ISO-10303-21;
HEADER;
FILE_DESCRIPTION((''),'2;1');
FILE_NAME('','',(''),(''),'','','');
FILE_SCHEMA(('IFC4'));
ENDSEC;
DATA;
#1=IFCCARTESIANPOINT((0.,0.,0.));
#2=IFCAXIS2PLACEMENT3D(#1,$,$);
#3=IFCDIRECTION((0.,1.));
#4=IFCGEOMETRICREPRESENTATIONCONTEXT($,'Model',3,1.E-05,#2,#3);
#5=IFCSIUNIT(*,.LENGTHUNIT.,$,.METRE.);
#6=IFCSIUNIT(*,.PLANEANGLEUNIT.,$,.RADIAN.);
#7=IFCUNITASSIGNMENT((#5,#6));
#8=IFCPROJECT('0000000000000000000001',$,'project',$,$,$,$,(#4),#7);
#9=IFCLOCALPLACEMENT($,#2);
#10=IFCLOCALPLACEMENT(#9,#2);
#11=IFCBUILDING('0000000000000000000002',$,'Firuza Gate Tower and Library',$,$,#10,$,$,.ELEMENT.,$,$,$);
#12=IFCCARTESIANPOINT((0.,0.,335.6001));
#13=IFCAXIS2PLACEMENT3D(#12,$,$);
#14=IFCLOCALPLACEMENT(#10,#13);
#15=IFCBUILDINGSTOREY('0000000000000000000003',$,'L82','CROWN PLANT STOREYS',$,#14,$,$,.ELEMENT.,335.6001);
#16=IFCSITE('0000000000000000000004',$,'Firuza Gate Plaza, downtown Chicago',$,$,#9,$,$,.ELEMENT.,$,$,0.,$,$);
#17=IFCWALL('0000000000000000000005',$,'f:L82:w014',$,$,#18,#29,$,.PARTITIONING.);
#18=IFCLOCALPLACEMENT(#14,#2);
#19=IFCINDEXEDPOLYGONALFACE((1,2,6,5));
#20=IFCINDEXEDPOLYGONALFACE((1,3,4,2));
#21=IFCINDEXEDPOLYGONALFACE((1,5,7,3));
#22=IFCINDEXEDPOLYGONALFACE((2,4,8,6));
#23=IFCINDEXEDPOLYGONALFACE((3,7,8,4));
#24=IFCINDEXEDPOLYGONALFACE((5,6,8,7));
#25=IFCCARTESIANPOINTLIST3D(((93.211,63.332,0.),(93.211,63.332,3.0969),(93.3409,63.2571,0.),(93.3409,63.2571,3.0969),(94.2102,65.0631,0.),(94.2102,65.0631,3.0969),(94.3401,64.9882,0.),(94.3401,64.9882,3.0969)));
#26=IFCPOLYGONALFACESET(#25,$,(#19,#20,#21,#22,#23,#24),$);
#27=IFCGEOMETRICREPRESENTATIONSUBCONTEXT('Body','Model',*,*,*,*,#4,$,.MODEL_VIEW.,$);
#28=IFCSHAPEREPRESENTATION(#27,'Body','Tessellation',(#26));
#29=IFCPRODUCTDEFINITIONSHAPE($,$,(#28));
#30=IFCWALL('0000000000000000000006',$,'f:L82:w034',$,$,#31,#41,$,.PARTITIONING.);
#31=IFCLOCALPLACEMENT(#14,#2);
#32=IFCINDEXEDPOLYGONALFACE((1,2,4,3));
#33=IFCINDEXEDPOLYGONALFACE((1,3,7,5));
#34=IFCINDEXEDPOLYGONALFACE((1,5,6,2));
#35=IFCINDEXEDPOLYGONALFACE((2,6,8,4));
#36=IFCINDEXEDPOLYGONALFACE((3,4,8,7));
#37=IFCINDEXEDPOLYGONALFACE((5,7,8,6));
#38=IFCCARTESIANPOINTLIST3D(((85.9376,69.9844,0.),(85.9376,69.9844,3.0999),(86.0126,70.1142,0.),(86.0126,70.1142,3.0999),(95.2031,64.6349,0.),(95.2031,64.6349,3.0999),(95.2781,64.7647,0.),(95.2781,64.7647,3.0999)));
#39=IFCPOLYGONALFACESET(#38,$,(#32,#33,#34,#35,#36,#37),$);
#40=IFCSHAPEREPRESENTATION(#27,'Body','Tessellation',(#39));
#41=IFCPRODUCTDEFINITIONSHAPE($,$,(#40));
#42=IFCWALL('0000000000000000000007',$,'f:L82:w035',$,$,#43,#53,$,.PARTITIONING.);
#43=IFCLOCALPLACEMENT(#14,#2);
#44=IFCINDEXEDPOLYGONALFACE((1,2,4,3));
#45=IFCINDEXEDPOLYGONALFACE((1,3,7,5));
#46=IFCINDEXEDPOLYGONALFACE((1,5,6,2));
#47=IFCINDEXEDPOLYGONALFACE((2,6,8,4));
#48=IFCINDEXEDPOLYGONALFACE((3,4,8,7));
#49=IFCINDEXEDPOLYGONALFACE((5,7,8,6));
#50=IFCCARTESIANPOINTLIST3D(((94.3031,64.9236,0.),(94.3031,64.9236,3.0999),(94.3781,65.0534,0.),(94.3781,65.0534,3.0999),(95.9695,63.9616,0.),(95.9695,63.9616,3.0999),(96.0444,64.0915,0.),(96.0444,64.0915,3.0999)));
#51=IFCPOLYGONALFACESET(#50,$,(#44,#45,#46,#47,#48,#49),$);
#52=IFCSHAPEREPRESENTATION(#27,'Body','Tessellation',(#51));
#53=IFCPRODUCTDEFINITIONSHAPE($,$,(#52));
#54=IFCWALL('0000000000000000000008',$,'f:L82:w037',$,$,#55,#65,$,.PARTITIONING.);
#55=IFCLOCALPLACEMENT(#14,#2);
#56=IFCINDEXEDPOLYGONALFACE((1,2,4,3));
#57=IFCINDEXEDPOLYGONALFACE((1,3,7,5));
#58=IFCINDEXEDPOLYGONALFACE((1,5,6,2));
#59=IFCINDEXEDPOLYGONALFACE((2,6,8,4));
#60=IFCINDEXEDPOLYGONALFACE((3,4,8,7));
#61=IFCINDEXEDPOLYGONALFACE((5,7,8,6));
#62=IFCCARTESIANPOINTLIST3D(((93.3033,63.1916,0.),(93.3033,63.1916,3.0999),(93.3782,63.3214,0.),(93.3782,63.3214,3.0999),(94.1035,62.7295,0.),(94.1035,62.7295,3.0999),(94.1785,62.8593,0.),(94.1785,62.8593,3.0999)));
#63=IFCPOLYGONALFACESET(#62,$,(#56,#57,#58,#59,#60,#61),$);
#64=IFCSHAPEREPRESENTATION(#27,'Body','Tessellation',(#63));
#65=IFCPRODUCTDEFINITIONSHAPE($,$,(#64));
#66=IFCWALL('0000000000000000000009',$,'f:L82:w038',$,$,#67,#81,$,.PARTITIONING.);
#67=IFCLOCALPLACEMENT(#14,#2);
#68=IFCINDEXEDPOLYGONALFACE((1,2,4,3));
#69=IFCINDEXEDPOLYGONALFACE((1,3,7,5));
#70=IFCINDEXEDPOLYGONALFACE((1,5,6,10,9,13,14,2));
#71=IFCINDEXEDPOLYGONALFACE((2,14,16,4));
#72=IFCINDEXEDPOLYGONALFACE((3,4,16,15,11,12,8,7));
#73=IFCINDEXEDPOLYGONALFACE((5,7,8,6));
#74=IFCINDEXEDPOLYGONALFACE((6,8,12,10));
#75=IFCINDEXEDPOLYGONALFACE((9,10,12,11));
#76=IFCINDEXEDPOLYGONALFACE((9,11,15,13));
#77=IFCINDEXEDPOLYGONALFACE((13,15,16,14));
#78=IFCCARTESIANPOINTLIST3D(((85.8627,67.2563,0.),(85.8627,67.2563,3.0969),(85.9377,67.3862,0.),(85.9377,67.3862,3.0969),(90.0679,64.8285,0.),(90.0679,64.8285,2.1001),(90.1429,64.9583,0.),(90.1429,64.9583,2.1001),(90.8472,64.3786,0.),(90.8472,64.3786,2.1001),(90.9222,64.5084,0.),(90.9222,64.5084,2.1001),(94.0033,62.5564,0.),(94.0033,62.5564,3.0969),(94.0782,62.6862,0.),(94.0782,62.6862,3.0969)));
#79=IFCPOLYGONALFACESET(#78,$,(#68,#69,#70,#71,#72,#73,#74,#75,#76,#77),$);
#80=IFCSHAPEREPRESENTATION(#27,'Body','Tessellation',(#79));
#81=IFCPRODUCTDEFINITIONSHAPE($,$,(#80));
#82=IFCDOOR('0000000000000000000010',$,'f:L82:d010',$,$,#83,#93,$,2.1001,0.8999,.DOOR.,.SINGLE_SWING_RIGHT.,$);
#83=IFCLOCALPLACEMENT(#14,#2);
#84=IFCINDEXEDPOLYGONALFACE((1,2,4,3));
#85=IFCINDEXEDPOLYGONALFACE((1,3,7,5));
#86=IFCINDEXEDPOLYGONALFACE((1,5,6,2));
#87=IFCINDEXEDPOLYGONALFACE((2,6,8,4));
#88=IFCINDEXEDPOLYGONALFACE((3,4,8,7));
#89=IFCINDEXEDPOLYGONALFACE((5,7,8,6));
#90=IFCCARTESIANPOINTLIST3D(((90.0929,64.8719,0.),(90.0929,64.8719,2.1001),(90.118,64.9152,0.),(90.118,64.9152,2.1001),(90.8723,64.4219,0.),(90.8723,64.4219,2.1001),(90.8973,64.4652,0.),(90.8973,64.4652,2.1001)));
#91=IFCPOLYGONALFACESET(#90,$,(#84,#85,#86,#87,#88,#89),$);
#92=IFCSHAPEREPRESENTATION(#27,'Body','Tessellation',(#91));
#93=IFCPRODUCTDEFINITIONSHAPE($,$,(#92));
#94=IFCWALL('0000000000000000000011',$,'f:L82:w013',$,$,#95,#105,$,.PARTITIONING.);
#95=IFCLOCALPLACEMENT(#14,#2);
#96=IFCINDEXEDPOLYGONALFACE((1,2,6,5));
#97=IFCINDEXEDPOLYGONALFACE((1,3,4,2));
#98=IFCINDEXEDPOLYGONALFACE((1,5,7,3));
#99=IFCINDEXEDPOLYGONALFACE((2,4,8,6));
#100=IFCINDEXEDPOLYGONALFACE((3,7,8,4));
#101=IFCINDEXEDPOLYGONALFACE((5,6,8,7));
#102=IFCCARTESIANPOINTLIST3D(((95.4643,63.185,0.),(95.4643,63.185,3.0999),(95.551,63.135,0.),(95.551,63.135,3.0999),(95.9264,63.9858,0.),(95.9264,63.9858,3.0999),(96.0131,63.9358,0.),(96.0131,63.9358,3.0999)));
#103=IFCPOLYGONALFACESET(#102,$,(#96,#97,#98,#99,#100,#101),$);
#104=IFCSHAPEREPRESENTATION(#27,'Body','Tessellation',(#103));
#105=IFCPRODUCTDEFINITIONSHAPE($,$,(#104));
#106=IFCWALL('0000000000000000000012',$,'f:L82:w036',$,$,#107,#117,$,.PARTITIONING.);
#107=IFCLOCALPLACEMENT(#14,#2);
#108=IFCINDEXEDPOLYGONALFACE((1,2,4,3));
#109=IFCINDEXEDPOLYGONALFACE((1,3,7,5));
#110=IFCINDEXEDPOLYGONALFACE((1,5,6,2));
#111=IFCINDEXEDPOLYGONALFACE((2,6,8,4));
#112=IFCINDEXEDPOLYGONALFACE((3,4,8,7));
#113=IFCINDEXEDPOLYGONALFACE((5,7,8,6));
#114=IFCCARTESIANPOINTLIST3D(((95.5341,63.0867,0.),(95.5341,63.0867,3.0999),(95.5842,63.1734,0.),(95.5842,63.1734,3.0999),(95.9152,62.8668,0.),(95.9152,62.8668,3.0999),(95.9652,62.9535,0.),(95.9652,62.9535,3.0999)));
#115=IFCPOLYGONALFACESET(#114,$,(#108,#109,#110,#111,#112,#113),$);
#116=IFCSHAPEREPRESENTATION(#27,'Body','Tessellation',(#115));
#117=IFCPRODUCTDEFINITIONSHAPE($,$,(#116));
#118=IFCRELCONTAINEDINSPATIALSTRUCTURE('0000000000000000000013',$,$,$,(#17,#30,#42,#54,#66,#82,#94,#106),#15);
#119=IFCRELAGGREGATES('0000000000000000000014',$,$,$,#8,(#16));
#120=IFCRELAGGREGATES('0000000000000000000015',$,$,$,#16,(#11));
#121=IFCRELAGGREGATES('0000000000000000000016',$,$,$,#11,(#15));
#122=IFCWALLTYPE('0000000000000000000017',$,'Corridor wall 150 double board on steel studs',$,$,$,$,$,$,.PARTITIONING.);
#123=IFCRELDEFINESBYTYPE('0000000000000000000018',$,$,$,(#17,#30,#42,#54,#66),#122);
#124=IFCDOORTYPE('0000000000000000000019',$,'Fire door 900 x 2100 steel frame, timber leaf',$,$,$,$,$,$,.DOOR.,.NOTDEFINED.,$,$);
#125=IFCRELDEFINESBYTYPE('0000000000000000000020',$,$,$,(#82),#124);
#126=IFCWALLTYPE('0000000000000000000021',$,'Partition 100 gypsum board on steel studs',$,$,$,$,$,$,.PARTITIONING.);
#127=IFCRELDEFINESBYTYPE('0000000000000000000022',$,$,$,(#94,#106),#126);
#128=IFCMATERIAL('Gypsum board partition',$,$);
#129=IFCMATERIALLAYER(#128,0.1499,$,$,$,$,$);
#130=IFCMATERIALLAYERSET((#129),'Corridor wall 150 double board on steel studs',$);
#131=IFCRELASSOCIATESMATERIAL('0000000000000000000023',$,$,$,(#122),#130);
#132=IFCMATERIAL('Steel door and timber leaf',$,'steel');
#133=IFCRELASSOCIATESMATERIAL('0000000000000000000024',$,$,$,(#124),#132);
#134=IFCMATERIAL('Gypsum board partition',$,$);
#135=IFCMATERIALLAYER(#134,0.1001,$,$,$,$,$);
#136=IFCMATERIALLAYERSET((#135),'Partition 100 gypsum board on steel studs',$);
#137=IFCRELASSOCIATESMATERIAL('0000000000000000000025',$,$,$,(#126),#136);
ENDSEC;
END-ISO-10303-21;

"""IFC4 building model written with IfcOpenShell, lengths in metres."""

from ifc_helpers import new_model, si_unit, direction, frame, frame_2d, origin, place, context, subcontext, project, spatial, rectangle, extrude, material, layer, layer_set, type_object, element, fill, save


model = new_model("IFC4")

# Units and contexts
model_context = context("Model", 3, precision=1e-05, world=origin(), true_north=direction((0.0, 1.0)))
body_context = subcontext(model_context, "Body", "Model", "MODEL_VIEW")
ifc_project = project(units=[si_unit("LENGTHUNIT", "METRE"), si_unit("PLANEANGLEUNIT", "RADIAN")], contexts=[model_context])

# Site, building, storey
site_placement = place(None, origin())
site = spatial("IfcSite", under=ifc_project, at=site_placement, Name="Firuza Gate Plaza, downtown Chicago", CompositionType="ELEMENT", RefElevation=0.0)
building_placement = place(site_placement, origin())
building = spatial("IfcBuilding", under=site, at=building_placement, Name="Firuza Gate Tower and Library", CompositionType="ELEMENT")
storey_placement = place(building_placement, frame((0.0, 0.0, 335.6001)))
storey = spatial("IfcBuildingStorey", under=building, at=storey_placement, Name="L82", Description="CROWN PLANT STOREYS", CompositionType="ELEMENT", Elevation=335.6001)

# Walls
ifc_material_1 = material(Name="Gypsum board partition")
ifc_layer_1 = layer(ifc_material_1, 0.1499)
ifc_layer_set_1 = layer_set([ifc_layer_1], Name="Corridor wall 150 double board on steel studs")
wall_type_1 = type_object("IfcWallType", Name="Corridor wall 150 double board on steel studs", PredefinedType="PARTITIONING", material=ifc_layer_set_1)
wall_1_placement = place(storey_placement, frame((93.2759, 63.2944, 0.0), z_axis=(0.0, 0.0, 1.0), x_axis=(0.499909, 0.866078, 0.0)))
element("IfcWall", 1, at=wall_1_placement, inside=storey, type_object=wall_type_1, Name="f:L82:w014", PredefinedType="PARTITIONING", context=body_context, shape_type="SweptSolid", body=[
    extrude(rectangle(XDim=1.9988, YDim=0.1499, at=frame_2d((0.9995, 0.0))), origin(), (0.0, 0.0, 1.0), 3.0969),
])
wall_2_placement = place(storey_placement, frame((95.2407, 64.6997, 0.0), z_axis=(0.0, 0.0, 1.0), x_axis=(-0.866021, 0.500007, 0.0)))
element("IfcWall", 2, at=wall_2_placement, inside=storey, type_object=wall_type_1, Name="f:L82:w034", PredefinedType="PARTITIONING", context=body_context, shape_type="SweptSolid", body=[
    extrude(rectangle(XDim=10.699, YDim=0.1499, at=frame_2d((5.3496, 0.0))), origin(), (0.0, 0.0, 1.0), 3.0999),
])
wall_3_placement = place(storey_placement, frame((96.0068, 64.0266, 0.0), z_axis=(0.0, 0.0, 1.0), x_axis=(-0.866048, 0.49996, 0.0)))
element("IfcWall", 3, at=wall_3_placement, inside=storey, type_object=wall_type_1, Name="f:L82:w035", PredefinedType="PARTITIONING", context=body_context, shape_type="SweptSolid", body=[
    extrude(rectangle(XDim=1.9241, YDim=0.1499, at=frame_2d((0.9619, 0.0))), origin(), (0.0, 0.0, 1.0), 3.0999),
])
wall_4_placement = place(storey_placement, frame((94.1409, 62.7944, 0.0), z_axis=(0.0, 0.0, 1.0), x_axis=(-0.865974, 0.500088, 0.0)))
element("IfcWall", 4, at=wall_4_placement, inside=storey, type_object=wall_type_1, Name="f:L82:w037", PredefinedType="PARTITIONING", context=body_context, shape_type="SweptSolid", body=[
    extrude(rectangle(XDim=0.9241, YDim=0.1499, at=frame_2d((0.4619, 0.0))), origin(), (0.0, 0.0, 1.0), 3.0999),
])

# Wall, opening, door
wall_5_placement = place(storey_placement, frame((94.0408, 62.6213, 0.0), z_axis=(0.0, 0.0, 1.0), x_axis=(-0.866027, 0.499997, 0.0)))
wall_5 = element("IfcWall", 5, at=wall_5_placement, inside=storey, type_object=wall_type_1, Name="f:L82:w038", PredefinedType="PARTITIONING", context=body_context, shape_type="SweptSolid", body=[
    extrude(rectangle(XDim=9.3999, YDim=0.1499, at=frame_2d((4.7, 0.0))), origin(), (0.0, 0.0, 1.0), 3.0969),
])
opening_placement = place(wall_5_placement, frame((3.6443, 0.0, 0.0)))
opening = element("IfcOpeningElement", 6, at=opening_placement, cuts=wall_5, PredefinedType="OPENING", context=body_context, shape_type="SweptSolid", body=[
    extrude(rectangle(XDim=0.8999, YDim=2.1001, at=frame_2d((0.45, 1.05))), frame((0.0, 0.085, 0.0), z_axis=(0.0, -1.0, 0.0), x_axis=(1.0, 0.0, 0.0)), (0.0, 0.0, 1.0), 0.1699),
])
ifc_material_2 = material(Name="Steel door and timber leaf", Category="steel")
door_type = type_object("IfcDoorType", Name="Fire door 900 x 2100 steel frame, timber leaf", OperationType="NOTDEFINED", PredefinedType="DOOR", material=ifc_material_2)
door_placement = place(opening_placement, origin())
door = element("IfcDoor", 7, at=door_placement, inside=storey, type_object=door_type, Name="f:L82:d010", OperationType="SINGLE_SWING_RIGHT", OverallHeight=2.1001, OverallWidth=0.8999, PredefinedType="DOOR", context=body_context, shape_type="SweptSolid", body=[
    extrude(rectangle(XDim=0.8999, YDim=2.1001, at=frame_2d((0.45, 1.05))), frame((0.0, 0.0249, 0.0), z_axis=(0.0, -1.0, 0.0), x_axis=(1.0, 0.0, 0.0)), (0.0, 0.0, 1.0), 0.05),
])
fill(opening, door)

# Walls
ifc_material_3 = material(Name="Gypsum board partition")
ifc_layer_2 = layer(ifc_material_3, 0.1001)
ifc_layer_set_2 = layer_set([ifc_layer_2], Name="Partition 100 gypsum board on steel studs")
wall_type_2 = type_object("IfcWallType", Name="Partition 100 gypsum board on steel studs", PredefinedType="PARTITIONING", material=ifc_layer_set_2)
wall_6_placement = place(storey_placement, frame((95.5076, 63.1599, 0.0), z_axis=(0.0, 0.0, 1.0), x_axis=(0.49986, 0.866106, 0.0)))
element("IfcWall", 8, at=wall_6_placement, inside=storey, type_object=wall_type_2, Name="f:L82:w013", PredefinedType="PARTITIONING", context=body_context, shape_type="SweptSolid", body=[
    extrude(rectangle(XDim=0.9246, YDim=0.1001, at=frame_2d((0.4624, 0.0))), origin(), (0.0, 0.0, 1.0), 3.0999),
])
wall_7_placement = place(storey_placement, frame((95.9402, 62.9102, 0.0), z_axis=(0.0, 0.0, 1.0), x_axis=(-0.866084, 0.499899, 0.0)))
element("IfcWall", 9, at=wall_7_placement, inside=storey, type_object=wall_type_2, Name="f:L82:w036", PredefinedType="PARTITIONING", context=body_context, shape_type="SweptSolid", body=[
    extrude(rectangle(XDim=0.4399, YDim=0.1001, at=frame_2d((0.22, 0.0))), origin(), (0.0, 0.0, 1.0), 3.0999),
])

save(model, "model.ifc")
